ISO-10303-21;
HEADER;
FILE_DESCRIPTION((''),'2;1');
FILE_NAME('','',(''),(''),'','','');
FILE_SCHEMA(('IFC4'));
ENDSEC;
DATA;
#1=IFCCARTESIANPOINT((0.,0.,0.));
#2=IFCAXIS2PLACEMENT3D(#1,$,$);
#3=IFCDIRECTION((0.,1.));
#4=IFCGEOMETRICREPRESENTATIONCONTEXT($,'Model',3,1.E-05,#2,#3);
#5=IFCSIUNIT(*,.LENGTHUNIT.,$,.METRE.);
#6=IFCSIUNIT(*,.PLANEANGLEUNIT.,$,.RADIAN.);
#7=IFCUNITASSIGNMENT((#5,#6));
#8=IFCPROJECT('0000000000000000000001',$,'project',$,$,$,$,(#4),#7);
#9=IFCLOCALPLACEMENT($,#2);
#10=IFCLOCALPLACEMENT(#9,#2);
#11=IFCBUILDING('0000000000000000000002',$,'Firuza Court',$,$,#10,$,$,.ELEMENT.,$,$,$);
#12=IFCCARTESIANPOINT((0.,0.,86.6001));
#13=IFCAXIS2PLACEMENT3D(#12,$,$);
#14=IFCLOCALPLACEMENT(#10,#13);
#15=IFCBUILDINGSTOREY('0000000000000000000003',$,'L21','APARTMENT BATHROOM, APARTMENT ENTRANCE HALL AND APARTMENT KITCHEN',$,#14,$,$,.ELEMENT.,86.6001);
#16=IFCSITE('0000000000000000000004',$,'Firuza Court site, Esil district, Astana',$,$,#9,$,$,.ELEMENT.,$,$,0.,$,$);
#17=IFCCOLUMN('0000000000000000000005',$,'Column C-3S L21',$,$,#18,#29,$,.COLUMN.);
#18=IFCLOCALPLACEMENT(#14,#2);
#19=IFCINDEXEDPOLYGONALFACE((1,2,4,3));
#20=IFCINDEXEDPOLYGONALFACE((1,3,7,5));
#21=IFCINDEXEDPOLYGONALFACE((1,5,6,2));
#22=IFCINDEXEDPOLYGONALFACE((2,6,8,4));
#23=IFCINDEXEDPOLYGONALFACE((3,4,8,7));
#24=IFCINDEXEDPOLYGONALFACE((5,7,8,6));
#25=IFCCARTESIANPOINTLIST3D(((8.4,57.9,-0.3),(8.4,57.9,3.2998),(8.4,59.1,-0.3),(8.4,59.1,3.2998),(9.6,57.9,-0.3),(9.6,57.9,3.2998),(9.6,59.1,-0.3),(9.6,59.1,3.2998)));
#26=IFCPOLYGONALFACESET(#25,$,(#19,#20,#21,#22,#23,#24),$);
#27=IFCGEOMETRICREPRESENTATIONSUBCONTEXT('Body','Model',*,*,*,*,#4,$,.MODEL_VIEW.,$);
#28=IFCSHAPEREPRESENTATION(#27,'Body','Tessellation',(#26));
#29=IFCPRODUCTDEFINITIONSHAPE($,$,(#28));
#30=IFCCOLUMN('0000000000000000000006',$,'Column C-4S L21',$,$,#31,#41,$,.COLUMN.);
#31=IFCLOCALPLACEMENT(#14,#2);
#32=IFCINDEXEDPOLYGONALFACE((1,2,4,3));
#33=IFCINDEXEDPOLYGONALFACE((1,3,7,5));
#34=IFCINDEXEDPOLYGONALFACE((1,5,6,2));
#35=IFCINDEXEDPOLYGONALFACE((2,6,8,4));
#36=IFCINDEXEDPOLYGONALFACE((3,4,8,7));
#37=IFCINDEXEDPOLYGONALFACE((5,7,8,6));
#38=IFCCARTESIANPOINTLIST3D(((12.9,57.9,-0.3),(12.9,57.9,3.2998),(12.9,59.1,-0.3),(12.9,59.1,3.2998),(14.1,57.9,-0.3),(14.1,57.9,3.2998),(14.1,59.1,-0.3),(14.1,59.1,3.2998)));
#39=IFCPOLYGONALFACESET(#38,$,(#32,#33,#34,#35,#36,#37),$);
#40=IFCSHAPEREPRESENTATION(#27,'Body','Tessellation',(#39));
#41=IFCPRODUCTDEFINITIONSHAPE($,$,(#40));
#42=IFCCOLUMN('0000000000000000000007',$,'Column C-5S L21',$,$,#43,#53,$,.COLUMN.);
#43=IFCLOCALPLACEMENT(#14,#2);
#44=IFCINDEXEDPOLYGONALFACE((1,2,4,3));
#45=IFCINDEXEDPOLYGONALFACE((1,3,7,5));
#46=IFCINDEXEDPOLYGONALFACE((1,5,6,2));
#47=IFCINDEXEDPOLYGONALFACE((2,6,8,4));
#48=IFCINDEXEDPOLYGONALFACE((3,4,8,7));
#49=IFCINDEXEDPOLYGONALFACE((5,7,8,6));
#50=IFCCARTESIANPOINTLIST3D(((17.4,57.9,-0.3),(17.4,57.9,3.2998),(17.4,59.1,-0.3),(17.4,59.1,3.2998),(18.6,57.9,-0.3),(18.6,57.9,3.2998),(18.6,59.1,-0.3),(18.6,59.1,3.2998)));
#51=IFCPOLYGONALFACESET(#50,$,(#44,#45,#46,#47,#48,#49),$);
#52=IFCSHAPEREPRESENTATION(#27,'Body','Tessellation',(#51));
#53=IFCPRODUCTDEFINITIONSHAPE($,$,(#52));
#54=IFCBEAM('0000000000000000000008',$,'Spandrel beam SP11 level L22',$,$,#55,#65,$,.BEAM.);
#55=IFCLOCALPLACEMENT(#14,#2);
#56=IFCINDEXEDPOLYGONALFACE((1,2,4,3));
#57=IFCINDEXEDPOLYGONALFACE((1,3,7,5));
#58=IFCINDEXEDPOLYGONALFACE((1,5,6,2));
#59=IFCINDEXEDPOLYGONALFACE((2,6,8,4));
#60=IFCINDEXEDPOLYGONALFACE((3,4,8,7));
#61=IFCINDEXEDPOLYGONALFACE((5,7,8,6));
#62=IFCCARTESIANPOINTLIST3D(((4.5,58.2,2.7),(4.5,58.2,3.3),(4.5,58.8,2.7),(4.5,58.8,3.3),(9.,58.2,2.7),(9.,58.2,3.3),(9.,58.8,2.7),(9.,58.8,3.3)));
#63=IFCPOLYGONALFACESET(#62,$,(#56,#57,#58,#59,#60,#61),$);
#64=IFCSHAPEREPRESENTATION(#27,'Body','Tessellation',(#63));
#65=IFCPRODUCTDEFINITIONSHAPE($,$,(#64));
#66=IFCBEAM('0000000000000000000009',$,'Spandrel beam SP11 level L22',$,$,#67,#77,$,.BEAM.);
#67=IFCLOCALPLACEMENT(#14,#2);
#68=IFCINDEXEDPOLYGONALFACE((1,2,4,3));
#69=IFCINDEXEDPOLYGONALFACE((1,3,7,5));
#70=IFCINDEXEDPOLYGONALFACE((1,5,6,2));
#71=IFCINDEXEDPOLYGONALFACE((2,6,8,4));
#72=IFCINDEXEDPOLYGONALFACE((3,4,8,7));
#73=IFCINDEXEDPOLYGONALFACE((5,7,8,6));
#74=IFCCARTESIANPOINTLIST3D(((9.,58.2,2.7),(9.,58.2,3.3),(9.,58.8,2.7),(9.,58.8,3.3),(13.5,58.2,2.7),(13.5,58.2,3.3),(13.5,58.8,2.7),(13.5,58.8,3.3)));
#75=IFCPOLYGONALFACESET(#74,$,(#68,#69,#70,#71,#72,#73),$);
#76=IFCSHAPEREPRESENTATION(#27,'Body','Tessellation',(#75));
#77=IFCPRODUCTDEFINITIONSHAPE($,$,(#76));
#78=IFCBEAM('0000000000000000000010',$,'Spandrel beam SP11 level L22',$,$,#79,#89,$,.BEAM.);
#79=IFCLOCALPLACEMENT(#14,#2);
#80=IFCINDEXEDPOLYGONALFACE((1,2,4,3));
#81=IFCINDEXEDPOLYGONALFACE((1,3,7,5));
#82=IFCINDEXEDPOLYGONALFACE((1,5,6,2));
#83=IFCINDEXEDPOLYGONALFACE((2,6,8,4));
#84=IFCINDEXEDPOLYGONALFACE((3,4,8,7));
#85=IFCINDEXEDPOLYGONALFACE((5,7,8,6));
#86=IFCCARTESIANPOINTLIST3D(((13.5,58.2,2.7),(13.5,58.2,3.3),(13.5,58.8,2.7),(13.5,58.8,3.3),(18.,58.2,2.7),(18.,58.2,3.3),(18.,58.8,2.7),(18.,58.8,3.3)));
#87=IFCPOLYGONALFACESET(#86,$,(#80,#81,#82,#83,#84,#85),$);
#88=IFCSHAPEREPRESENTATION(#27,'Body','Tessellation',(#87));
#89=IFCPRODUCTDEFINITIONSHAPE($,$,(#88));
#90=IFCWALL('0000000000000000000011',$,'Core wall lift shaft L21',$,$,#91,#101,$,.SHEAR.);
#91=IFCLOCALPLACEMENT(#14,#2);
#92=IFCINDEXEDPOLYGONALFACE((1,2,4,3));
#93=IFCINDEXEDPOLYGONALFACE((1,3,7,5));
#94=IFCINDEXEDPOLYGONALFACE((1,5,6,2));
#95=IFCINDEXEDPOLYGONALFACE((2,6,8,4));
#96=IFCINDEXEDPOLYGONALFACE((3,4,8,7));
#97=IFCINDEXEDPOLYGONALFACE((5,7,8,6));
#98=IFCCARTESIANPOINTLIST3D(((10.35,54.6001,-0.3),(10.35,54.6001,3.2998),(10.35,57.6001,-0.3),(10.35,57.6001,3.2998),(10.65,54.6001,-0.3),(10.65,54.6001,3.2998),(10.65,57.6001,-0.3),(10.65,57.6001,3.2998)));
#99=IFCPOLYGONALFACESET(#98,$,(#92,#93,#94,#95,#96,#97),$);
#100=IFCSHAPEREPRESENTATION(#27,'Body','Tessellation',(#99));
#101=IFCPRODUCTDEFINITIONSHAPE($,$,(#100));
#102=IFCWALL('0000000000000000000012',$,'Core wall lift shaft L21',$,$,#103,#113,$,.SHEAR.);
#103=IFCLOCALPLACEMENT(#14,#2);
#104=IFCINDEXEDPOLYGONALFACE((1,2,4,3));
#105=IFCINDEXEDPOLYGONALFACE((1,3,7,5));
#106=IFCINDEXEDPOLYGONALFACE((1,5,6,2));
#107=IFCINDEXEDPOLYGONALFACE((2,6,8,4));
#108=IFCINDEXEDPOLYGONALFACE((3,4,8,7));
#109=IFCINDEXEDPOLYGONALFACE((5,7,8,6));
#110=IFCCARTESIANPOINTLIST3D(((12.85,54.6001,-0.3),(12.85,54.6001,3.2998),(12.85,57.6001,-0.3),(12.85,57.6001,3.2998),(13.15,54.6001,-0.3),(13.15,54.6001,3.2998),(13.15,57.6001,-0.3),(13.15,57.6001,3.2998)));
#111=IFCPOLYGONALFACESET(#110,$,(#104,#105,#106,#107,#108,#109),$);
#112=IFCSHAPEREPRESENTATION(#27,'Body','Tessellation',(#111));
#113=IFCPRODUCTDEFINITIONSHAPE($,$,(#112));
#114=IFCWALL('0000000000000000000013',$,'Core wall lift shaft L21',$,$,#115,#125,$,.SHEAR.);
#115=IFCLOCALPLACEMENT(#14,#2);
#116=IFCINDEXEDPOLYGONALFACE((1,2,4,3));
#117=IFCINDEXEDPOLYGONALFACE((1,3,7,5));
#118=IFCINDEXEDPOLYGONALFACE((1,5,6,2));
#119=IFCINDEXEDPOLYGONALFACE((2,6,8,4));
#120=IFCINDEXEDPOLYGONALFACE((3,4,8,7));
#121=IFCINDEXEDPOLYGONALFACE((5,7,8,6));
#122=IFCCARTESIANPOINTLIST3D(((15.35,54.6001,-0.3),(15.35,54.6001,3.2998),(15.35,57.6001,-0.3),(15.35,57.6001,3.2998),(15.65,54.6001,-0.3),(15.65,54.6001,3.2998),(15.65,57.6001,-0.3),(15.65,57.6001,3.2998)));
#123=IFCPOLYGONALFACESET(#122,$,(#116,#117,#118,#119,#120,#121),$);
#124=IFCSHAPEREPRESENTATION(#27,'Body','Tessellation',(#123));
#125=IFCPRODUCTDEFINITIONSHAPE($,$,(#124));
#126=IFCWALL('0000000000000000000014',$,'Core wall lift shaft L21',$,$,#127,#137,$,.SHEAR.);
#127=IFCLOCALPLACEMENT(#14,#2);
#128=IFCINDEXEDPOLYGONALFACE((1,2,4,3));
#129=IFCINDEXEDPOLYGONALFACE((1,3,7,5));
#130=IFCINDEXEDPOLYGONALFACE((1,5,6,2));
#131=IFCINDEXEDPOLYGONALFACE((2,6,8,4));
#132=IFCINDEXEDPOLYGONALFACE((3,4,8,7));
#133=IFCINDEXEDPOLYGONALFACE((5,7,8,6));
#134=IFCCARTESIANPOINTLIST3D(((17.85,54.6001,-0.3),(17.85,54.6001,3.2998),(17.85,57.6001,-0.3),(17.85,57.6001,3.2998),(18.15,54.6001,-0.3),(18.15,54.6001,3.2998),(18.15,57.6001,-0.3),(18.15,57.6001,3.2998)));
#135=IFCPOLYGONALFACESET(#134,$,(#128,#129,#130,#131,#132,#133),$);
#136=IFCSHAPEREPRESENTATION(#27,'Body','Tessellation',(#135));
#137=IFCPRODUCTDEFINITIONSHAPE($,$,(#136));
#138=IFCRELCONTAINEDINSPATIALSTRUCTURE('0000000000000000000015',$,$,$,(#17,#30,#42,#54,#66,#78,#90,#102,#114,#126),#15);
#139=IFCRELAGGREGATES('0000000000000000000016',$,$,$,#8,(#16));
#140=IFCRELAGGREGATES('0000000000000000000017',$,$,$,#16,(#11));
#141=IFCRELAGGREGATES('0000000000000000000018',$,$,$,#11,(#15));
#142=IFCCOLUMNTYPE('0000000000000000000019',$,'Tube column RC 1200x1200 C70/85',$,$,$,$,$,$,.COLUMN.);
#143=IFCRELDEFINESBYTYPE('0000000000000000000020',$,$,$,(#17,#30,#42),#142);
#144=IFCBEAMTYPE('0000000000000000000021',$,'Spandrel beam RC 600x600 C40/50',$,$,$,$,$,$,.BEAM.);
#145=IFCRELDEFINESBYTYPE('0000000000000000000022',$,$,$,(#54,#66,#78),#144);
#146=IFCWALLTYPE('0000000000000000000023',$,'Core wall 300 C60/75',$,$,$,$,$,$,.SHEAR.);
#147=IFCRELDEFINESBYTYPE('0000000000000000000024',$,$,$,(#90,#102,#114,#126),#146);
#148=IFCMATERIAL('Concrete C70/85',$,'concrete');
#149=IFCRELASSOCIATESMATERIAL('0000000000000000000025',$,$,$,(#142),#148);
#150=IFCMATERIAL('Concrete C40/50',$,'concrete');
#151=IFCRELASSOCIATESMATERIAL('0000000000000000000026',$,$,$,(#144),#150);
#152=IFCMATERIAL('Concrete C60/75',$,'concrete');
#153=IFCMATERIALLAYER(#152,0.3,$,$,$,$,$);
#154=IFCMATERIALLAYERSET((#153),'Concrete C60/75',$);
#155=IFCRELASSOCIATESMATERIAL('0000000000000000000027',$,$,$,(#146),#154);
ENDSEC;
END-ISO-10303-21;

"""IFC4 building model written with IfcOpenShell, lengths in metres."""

from ifc_helpers import new_model, si_unit, direction, frame, frame_2d, origin, origin_2d, place, context, subcontext, project, spatial, rectangle, extrude, material, layer, layer_set, material_profile, profile_set, type_object, element, save


model = new_model("IFC4")

# Units and contexts
model_context = context("Model", 3, precision=1e-05, world=origin(), true_north=direction((0.0, 1.0)))
body_context = subcontext(model_context, "Body", "Model", "MODEL_VIEW")
ifc_project = project(units=[si_unit("LENGTHUNIT", "METRE"), si_unit("PLANEANGLEUNIT", "RADIAN")], contexts=[model_context])

# Site, building, storey
site_placement = place(None, origin())
site = spatial("IfcSite", under=ifc_project, at=site_placement, Name="Firuza Court site, Esil district, Astana", CompositionType="ELEMENT", RefElevation=0.0)
building_placement = place(site_placement, origin())
building = spatial("IfcBuilding", under=site, at=building_placement, Name="Firuza Court", CompositionType="ELEMENT")
storey_placement = place(building_placement, frame((0.0, 0.0, 86.6001)))
storey = spatial("IfcBuildingStorey", under=building, at=storey_placement, Name="L21", Description="APARTMENT BATHROOM, APARTMENT ENTRANCE HALL AND APARTMENT KITCHEN", CompositionType="ELEMENT", Elevation=86.6001)

# Columns
ifc_material_1 = material(Name="Concrete C70/85", Category="concrete")
ifc_material_profile_1 = material_profile(ifc_material_1, rectangle(XDim=1.2, YDim=1.2, at=origin_2d()), Name="RC 1200x1200")
ifc_profile_set_1 = profile_set([ifc_material_profile_1], Name="Concrete C70/85")
column_type = type_object("IfcColumnType", Name="Tube column RC 1200x1200 C70/85", PredefinedType="COLUMN", material=ifc_profile_set_1)
for number, where, z_axis, x_axis, name in (
    (1, (9.0, 58.5, -0.3), (0.0, 0.0, 1.0), (1.0, 0.0, 0.0), "Column C-3S L21"),
    (2, (13.5, 58.5, -0.3), (0.0, 0.0, 1.0), (1.0, 0.0, 0.0), "Column C-4S L21"),
    (3, (18.0, 58.5, -0.3), (0.0, 0.0, 1.0), (1.0, 0.0, 0.0), "Column C-5S L21"),
):
    element("IfcColumn", number, at=place(storey_placement, frame(where, z_axis=z_axis, x_axis=x_axis)), inside=storey, type_object=column_type, Name=name, PredefinedType="COLUMN", context=body_context, shape_type="SweptSolid", body=[
        extrude(rectangle(XDim=1.2, YDim=1.2, at=origin_2d()), origin(), (0.0, 0.0, 1.0), 3.5999),
    ])

# Beams
ifc_material_2 = material(Name="Concrete C40/50", Category="concrete")
ifc_material_profile_2 = material_profile(ifc_material_2, rectangle(XDim=0.6001, YDim=0.6001, at=origin_2d()), Name="RC 600x600")
ifc_profile_set_2 = profile_set([ifc_material_profile_2], Name="Concrete C40/50")
beam_type = type_object("IfcBeamType", Name="Spandrel beam RC 600x600 C40/50", PredefinedType="BEAM", material=ifc_profile_set_2)
for number, where, z_axis, x_axis, name in (
    (4, (9.0, 58.5, 3.0), (-1.0, 0.0, 0.0), (0.0, -1.0, 0.0), "Spandrel beam SP11 level L22"),
    (5, (13.5, 58.5, 3.0), (-1.0, 0.0, 0.0), (0.0, -1.0, 0.0), "Spandrel beam SP11 level L22"),
    (6, (18.0, 58.5, 3.0), (-1.0, 0.0, 0.0), (0.0, -1.0, 0.0), "Spandrel beam SP11 level L22"),
):
    element("IfcBeam", number, at=place(storey_placement, frame(where, z_axis=z_axis, x_axis=x_axis)), inside=storey, type_object=beam_type, Name=name, PredefinedType="BEAM", context=body_context, shape_type="SweptSolid", body=[
        extrude(rectangle(XDim=0.6001, YDim=0.6001, at=origin_2d()), origin(), (0.0, 0.0, 1.0), 4.5),
    ])

# Walls
ifc_material_3 = material(Name="Concrete C60/75", Category="concrete")
ifc_layer_1 = layer(ifc_material_3, 0.3)
ifc_layer_set_1 = layer_set([ifc_layer_1], Name="Concrete C60/75")
wall_type_1 = type_object("IfcWallType", Name="Core wall 300 C60/75", PredefinedType="SHEAR", material=ifc_layer_set_1)
for number, where, z_axis, x_axis, name in (
    (7, (10.5, 54.6001, -0.3), (0.0, 0.0, 1.0), (0.0, 1.0, 0.0), "Core wall lift shaft L21"),
    (8, (13.0, 54.6001, -0.3), (0.0, 0.0, 1.0), (0.0, 1.0, 0.0), "Core wall lift shaft L21"),
    (9, (15.5, 54.6001, -0.3), (0.0, 0.0, 1.0), (0.0, 1.0, 0.0), "Core wall lift shaft L21"),
    (10, (18.0, 54.6001, -0.3), (0.0, 0.0, 1.0), (0.0, 1.0, 0.0), "Core wall lift shaft L21"),
):
    element("IfcWall", number, at=place(storey_placement, frame(where, z_axis=z_axis, x_axis=x_axis)), inside=storey, type_object=wall_type_1, Name=name, PredefinedType="SHEAR", context=body_context, shape_type="SweptSolid", body=[
        extrude(rectangle(XDim=3.0, YDim=0.3, at=frame_2d((1.5, 0.0))), origin(), (0.0, 0.0, 1.0), 3.5999),
    ])

save(model, "model.ifc")
